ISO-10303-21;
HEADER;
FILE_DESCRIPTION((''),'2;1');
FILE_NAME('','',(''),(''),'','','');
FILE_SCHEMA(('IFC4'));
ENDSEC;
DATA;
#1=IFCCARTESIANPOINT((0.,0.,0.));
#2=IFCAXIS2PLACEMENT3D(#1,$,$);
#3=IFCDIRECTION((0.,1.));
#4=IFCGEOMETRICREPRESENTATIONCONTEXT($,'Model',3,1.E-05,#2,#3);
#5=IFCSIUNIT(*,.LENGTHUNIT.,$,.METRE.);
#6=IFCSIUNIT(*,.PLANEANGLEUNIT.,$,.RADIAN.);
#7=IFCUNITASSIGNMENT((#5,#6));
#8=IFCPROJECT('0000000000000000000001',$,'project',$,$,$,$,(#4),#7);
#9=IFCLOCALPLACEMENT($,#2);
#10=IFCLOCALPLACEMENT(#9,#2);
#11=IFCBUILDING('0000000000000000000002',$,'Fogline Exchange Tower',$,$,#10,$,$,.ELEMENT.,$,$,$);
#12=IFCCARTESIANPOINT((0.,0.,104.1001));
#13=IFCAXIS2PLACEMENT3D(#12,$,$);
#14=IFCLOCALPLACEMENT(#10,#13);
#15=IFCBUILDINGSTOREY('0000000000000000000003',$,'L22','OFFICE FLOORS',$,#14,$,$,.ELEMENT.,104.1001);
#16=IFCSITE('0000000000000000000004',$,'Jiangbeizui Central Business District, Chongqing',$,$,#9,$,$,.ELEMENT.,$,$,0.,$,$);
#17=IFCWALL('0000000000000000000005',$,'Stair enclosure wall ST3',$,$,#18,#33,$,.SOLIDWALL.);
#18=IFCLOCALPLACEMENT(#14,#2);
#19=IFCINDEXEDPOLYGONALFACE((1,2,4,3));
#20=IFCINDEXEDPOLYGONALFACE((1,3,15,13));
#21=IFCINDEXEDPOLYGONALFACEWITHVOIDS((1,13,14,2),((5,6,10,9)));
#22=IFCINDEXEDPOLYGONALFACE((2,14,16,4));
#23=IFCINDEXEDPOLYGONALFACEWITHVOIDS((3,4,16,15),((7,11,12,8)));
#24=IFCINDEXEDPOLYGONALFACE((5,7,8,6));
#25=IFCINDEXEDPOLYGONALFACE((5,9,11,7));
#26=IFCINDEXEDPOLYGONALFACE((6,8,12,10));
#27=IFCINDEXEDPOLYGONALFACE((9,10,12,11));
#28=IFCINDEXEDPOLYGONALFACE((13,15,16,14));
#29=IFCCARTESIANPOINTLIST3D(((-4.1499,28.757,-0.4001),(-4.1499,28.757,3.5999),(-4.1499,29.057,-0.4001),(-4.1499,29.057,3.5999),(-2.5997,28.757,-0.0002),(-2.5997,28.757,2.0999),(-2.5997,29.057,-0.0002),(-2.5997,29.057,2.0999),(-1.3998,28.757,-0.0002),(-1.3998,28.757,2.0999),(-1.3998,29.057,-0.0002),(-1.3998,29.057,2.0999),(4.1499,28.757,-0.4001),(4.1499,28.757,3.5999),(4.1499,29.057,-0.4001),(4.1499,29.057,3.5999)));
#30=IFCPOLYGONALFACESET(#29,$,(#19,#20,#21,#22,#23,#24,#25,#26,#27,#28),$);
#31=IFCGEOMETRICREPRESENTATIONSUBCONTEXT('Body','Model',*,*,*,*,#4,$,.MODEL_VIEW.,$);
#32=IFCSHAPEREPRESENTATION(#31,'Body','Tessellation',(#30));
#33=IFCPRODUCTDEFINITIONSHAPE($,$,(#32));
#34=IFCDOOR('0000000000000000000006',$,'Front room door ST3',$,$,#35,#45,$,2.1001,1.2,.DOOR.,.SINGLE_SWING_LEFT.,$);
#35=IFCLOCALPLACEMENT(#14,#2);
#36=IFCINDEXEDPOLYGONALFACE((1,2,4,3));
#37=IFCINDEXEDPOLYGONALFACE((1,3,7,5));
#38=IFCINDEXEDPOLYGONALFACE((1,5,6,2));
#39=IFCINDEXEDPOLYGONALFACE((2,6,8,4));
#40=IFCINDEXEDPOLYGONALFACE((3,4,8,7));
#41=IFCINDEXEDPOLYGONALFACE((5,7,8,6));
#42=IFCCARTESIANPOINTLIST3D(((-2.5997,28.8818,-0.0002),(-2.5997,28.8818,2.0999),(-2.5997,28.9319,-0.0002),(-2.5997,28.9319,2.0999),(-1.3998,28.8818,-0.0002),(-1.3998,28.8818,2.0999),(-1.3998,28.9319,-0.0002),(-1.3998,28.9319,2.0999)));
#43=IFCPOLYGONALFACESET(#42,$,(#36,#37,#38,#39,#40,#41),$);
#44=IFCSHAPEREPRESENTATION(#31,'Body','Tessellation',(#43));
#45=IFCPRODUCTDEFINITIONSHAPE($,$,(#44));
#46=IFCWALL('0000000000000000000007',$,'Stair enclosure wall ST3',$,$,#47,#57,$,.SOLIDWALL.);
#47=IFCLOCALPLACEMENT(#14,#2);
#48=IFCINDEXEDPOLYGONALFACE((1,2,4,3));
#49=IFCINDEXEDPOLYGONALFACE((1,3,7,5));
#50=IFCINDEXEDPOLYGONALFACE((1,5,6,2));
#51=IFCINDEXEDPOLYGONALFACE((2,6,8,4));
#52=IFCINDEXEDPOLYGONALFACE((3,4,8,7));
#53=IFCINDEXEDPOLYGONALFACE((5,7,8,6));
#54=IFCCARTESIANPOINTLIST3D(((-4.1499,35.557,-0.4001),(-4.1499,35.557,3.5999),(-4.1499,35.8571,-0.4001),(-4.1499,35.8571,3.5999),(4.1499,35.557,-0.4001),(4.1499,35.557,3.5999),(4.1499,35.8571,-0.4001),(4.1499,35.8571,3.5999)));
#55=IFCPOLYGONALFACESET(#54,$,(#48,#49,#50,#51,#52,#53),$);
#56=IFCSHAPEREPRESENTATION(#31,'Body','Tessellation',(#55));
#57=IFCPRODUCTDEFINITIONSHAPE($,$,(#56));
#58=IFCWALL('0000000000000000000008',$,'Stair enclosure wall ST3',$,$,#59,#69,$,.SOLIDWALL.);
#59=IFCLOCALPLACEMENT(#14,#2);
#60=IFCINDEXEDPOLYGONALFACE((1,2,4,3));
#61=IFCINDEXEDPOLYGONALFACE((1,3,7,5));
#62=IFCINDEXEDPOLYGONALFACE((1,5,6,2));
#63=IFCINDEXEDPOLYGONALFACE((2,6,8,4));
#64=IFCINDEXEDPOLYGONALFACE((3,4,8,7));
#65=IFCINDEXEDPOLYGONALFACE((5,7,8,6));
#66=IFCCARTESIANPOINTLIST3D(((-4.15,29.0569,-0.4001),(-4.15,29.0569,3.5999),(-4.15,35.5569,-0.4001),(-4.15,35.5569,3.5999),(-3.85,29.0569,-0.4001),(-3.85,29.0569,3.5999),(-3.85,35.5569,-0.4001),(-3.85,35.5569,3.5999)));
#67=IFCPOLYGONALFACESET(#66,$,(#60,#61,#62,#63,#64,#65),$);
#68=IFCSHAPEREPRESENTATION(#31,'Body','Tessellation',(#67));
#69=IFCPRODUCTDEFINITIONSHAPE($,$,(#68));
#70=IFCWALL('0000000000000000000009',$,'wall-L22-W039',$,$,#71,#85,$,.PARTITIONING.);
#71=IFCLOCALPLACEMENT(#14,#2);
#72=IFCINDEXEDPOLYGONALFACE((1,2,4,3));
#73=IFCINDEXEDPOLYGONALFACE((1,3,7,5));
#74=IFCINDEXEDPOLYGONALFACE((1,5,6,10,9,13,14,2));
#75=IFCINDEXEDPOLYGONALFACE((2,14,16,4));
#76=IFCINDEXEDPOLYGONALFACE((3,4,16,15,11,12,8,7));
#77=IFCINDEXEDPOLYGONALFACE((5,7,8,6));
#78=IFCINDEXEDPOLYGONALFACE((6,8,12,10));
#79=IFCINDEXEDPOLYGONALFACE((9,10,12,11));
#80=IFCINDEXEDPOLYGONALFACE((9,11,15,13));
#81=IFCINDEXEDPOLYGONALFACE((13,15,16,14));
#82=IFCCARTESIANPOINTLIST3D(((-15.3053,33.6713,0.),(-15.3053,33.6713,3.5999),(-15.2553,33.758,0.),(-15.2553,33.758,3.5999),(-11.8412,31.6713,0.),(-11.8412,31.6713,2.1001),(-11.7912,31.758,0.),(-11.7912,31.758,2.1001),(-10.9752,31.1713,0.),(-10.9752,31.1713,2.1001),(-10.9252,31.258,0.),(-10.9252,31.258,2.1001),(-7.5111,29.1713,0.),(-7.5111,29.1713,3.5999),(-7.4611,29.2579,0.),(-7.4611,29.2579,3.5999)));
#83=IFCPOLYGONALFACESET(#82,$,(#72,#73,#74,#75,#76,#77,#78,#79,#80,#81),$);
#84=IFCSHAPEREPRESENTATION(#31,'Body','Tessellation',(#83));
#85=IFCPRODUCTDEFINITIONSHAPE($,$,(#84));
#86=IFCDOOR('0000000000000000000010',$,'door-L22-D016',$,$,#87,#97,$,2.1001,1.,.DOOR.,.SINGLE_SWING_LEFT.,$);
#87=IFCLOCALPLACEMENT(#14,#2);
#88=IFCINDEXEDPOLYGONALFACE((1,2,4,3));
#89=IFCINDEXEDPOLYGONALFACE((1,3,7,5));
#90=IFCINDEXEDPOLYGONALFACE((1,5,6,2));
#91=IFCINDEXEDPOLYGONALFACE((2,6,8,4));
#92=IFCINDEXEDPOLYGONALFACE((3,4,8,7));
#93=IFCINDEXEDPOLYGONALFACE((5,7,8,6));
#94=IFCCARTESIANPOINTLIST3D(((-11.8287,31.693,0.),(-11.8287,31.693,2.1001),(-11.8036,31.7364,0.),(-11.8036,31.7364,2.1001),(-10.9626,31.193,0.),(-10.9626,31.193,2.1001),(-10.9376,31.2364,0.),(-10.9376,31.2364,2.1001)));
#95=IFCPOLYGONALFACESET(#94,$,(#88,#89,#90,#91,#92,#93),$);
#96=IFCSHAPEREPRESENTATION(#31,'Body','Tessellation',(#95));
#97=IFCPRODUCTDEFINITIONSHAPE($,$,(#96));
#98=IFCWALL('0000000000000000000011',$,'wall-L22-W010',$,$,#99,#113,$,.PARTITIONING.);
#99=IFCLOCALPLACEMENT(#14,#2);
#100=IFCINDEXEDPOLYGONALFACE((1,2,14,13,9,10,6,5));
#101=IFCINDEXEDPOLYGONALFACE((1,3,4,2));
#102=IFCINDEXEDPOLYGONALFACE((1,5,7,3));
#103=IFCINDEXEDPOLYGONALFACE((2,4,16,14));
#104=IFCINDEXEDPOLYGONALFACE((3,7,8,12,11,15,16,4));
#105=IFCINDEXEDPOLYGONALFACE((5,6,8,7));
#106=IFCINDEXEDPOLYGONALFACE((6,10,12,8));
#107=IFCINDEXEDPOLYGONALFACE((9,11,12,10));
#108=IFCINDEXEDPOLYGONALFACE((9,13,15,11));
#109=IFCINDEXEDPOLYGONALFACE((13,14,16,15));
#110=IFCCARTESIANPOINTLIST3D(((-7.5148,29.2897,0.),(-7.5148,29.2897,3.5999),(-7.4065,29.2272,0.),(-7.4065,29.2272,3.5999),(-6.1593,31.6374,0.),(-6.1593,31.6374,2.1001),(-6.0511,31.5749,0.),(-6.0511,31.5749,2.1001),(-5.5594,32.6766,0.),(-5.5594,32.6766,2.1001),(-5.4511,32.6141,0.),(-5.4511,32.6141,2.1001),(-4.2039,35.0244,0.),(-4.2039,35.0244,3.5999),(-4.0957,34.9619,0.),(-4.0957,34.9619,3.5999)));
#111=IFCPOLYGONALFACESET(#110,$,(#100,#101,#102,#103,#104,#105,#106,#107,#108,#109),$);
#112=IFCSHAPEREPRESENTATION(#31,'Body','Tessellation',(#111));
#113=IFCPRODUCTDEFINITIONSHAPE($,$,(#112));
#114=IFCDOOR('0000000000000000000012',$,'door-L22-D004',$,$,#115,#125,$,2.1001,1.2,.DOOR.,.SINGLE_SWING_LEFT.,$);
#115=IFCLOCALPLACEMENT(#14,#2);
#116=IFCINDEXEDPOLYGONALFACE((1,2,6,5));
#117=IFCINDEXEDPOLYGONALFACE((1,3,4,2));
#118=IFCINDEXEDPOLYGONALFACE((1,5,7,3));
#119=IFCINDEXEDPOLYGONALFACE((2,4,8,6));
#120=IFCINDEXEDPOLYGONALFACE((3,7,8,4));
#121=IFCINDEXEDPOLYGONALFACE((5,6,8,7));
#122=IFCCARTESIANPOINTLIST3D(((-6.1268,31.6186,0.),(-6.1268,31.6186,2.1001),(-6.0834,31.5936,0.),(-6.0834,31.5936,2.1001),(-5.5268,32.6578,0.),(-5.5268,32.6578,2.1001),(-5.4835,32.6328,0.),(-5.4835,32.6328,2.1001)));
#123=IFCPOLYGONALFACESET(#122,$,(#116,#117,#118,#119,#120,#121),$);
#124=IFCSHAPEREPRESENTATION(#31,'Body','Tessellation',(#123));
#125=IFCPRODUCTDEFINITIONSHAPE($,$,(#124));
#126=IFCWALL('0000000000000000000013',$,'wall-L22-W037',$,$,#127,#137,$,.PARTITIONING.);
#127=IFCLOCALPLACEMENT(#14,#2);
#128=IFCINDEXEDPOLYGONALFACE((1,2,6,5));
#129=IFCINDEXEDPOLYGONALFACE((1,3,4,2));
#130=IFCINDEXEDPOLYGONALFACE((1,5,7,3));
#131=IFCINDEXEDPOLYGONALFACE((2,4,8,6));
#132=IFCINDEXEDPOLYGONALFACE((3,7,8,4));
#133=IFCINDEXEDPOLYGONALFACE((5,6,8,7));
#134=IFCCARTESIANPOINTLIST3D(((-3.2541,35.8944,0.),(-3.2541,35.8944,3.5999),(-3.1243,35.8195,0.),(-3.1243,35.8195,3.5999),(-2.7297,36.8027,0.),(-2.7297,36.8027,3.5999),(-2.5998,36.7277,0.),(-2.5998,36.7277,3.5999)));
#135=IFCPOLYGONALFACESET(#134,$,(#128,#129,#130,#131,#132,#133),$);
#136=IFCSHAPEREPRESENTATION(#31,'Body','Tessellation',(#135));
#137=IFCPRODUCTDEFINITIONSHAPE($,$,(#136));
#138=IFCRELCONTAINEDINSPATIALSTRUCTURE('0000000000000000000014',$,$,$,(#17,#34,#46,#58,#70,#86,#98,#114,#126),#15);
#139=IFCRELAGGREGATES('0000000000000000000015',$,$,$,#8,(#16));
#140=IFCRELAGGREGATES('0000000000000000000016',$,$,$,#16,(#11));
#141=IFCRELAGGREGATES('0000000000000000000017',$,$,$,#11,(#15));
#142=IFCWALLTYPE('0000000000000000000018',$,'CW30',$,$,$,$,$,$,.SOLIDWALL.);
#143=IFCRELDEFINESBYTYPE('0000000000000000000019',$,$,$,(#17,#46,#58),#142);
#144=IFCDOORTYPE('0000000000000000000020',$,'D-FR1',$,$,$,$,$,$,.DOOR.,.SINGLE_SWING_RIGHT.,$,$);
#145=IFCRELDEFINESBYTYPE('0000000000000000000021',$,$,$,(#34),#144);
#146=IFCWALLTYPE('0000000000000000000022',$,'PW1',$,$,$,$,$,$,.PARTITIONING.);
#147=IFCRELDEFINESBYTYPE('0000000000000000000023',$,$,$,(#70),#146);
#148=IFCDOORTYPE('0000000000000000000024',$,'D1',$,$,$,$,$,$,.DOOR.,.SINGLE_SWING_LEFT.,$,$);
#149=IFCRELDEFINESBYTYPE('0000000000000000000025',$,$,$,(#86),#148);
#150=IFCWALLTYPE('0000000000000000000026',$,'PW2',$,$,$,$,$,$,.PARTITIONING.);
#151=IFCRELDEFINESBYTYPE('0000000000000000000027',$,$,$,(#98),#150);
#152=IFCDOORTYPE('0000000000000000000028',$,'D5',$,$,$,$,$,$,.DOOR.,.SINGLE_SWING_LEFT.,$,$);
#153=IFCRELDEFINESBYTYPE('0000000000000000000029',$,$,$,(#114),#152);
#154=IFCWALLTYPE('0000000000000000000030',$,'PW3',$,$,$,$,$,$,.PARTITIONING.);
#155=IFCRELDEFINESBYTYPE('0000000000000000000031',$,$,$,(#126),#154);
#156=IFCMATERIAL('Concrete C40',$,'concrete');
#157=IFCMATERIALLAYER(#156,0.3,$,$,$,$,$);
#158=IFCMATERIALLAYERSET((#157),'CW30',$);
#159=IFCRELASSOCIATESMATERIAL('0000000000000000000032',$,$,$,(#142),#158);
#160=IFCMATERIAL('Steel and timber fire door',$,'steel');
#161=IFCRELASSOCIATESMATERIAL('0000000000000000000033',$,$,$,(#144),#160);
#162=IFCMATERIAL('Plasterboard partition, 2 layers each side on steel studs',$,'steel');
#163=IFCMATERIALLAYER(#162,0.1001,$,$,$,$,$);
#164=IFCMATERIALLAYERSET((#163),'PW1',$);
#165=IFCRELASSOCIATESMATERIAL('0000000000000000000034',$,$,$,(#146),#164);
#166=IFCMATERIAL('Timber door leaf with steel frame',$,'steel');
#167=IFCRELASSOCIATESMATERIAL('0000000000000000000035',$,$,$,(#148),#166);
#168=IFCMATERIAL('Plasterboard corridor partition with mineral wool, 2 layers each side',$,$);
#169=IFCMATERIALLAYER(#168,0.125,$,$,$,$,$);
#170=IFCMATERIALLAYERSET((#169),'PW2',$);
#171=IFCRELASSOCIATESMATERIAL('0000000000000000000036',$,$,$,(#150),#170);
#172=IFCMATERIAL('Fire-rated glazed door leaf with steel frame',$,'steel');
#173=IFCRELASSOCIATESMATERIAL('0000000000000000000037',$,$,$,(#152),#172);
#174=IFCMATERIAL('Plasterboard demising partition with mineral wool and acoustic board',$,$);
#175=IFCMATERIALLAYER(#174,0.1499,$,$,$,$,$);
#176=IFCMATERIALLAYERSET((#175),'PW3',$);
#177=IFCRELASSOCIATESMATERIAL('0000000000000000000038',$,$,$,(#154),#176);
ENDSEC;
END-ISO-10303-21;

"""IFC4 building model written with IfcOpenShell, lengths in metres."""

from ifc_helpers import new_model, si_unit, direction, frame, frame_2d, origin, place, context, subcontext, project, spatial, rectangle, extrude, material, layer, layer_set, type_object, element, fill, save


model = new_model("IFC4")

# Units and contexts
model_context = context("Model", 3, precision=1e-05, world=origin(), true_north=direction((0.0, 1.0)))
body_context = subcontext(model_context, "Body", "Model", "MODEL_VIEW")
ifc_project = project(units=[si_unit("LENGTHUNIT", "METRE"), si_unit("PLANEANGLEUNIT", "RADIAN")], contexts=[model_context])

# Site, building, storey
site_placement = place(None, origin())
site = spatial("IfcSite", under=ifc_project, at=site_placement, Name="Jiangbeizui Central Business District, Chongqing", CompositionType="ELEMENT", RefElevation=0.0)
building_placement = place(site_placement, origin())
building = spatial("IfcBuilding", under=site, at=building_placement, Name="Fogline Exchange Tower", CompositionType="ELEMENT")
storey_placement = place(building_placement, frame((0.0, 0.0, 104.1001)))
storey = spatial("IfcBuildingStorey", under=building, at=storey_placement, Name="L22", Description="OFFICE FLOORS", CompositionType="ELEMENT", Elevation=104.1001)

# Shared definitions
ifc_material_1 = material(Name="Concrete C40", Category="concrete")

# Wall, opening, door
ifc_material_2 = material(Name="Steel and timber fire door", Category="steel")
ifc_layer_1 = layer(ifc_material_1, 0.3)
ifc_layer_set_1 = layer_set([ifc_layer_1], Name="CW30")
wall_type_1 = type_object("IfcWallType", Name="CW30", PredefinedType="SOLIDWALL", material=ifc_layer_set_1)
wall_1_placement = place(storey_placement, frame((-4.1499, 28.907, -0.4001), z_axis=(0.0, 0.0, 1.0), x_axis=(1.0, 0.0, 0.0)))
wall_1 = element("IfcWall", 1, at=wall_1_placement, inside=storey, type_object=wall_type_1, Name="Stair enclosure wall ST3", PredefinedType="SOLIDWALL", context=body_context, shape_type="SweptSolid", body=[
    extrude(rectangle(XDim=8.2998, YDim=0.3, at=frame_2d((4.1499, 0.0))), origin(), (0.0, 0.0, 1.0), 4.0),
])
opening_1_placement = place(wall_1_placement, frame((1.55, 0.0, 0.3999)))
opening_1 = element("IfcOpeningElement", 2, at=opening_1_placement, cuts=wall_1, PredefinedType="OPENING", context=body_context, shape_type="SweptSolid", body=[
    extrude(rectangle(XDim=1.2, YDim=2.1001, at=frame_2d((0.6001, 1.05))), frame((0.0, 0.1602, 0.0), z_axis=(0.0, -1.0, 0.0), x_axis=(1.0, 0.0, 0.0)), (0.0, 0.0, 1.0), 0.3201),
])
door_type_1 = type_object("IfcDoorType", Name="D-FR1", OperationType="SINGLE_SWING_RIGHT", PredefinedType="DOOR", material=ifc_material_2)
door_1_placement = place(opening_1_placement, origin())
door_1 = element("IfcDoor", 3, at=door_1_placement, inside=storey, type_object=door_type_1, Name="Front room door ST3", OperationType="SINGLE_SWING_LEFT", OverallHeight=2.1001, OverallWidth=1.2, PredefinedType="DOOR", context=body_context, shape_type="SweptSolid", body=[
    extrude(rectangle(XDim=1.2, YDim=2.1001, at=frame_2d((0.6001, 1.05))), frame((0.0, 0.0249, 0.0), z_axis=(0.0, -1.0, 0.0), x_axis=(1.0, 0.0, 0.0)), (0.0, 0.0, 1.0), 0.05),
])
fill(opening_1, door_1)

# Walls
wall_2_placement = place(storey_placement, frame((-4.1499, 35.707, -0.4001), z_axis=(0.0, 0.0, 1.0), x_axis=(1.0, 0.0, 0.0)))
element("IfcWall", 4, at=wall_2_placement, inside=storey, type_object=wall_type_1, Name="Stair enclosure wall ST3", PredefinedType="SOLIDWALL", context=body_context, shape_type="SweptSolid", body=[
    extrude(rectangle(XDim=8.2998, YDim=0.3, at=frame_2d((4.1499, 0.0))), origin(), (0.0, 0.0, 1.0), 4.0),
])
wall_3_placement = place(storey_placement, frame((-4.0, 29.0569, -0.4001), z_axis=(0.0, 0.0, 1.0), x_axis=(0.0, 1.0, 0.0)))
element("IfcWall", 5, at=wall_3_placement, inside=storey, type_object=wall_type_1, Name="Stair enclosure wall ST3", PredefinedType="SOLIDWALL", context=body_context, shape_type="SweptSolid", body=[
    extrude(rectangle(XDim=6.5, YDim=0.3, at=frame_2d((3.25, 0.0))), origin(), (0.0, 0.0, 1.0), 4.0),
])

# Walls, openings, doors
ifc_material_3 = material(Name="Plasterboard partition, 2 layers each side on steel studs", Category="steel")
ifc_layer_2 = layer(ifc_material_3, 0.1001)
ifc_layer_set_2 = layer_set([ifc_layer_2], Name="PW1")
wall_type_2 = type_object("IfcWallType", Name="PW1", PredefinedType="PARTITIONING", material=ifc_layer_set_2)
wall_4_placement = place(storey_placement, frame((-7.4861, 29.2146, 0.0), z_axis=(0.0, 0.0, 1.0), x_axis=(-0.866024, 0.500002, 0.0)))
wall_4 = element("IfcWall", 6, at=wall_4_placement, inside=storey, type_object=wall_type_2, Name="wall-L22-W039", PredefinedType="PARTITIONING", context=body_context, shape_type="SweptSolid", body=[
    extrude(rectangle(XDim=9.0, YDim=0.1001, at=frame_2d((4.5, 0.0))), origin(), (0.0, 0.0, 1.0), 3.5999),
])
opening_2_placement = place(wall_4_placement, frame((4.0, 0.0, 0.0)))
opening_2 = element("IfcOpeningElement", 7, at=opening_2_placement, cuts=wall_4, PredefinedType="OPENING", context=body_context, shape_type="SweptSolid", body=[
    extrude(rectangle(XDim=1.0, YDim=2.1001, at=frame_2d((0.5, 1.05))), frame((0.0, 0.0601, 0.0), z_axis=(0.0, -1.0, 0.0), x_axis=(1.0, 0.0, 0.0)), (0.0, 0.0, 1.0), 0.1201),
])
ifc_material_4 = material(Name="Timber door leaf with steel frame", Category="steel")
door_type_2 = type_object("IfcDoorType", Name="D1", OperationType="SINGLE_SWING_LEFT", PredefinedType="DOOR", material=ifc_material_4)
door_2_placement = place(opening_2_placement, origin())
door_2 = element("IfcDoor", 8, at=door_2_placement, inside=storey, type_object=door_type_2, Name="door-L22-D016", OperationType="SINGLE_SWING_LEFT", OverallHeight=2.1001, OverallWidth=1.0, PredefinedType="DOOR", context=body_context, shape_type="SweptSolid", body=[
    extrude(rectangle(XDim=1.0, YDim=2.1001, at=frame_2d((0.5, 1.05))), frame((0.0, 0.0249, 0.0), z_axis=(0.0, -1.0, 0.0), x_axis=(1.0, 0.0, 0.0)), (0.0, 0.0, 1.0), 0.05),
])
fill(opening_2, door_2)
ifc_material_5 = material(Name="Plasterboard corridor partition with mineral wool, 2 layers each side")
ifc_layer_3 = layer(ifc_material_5, 0.125)
ifc_layer_set_3 = layer_set([ifc_layer_3], Name="PW2")
wall_type_3 = type_object("IfcWallType", Name="PW2", PredefinedType="PARTITIONING", material=ifc_layer_set_3)
wall_5_placement = place(storey_placement, frame((-7.4607, 29.2583, 0.0), z_axis=(0.0, 0.0, 1.0), x_axis=(0.499989, 0.866031, 0.0)))
wall_5 = element("IfcWall", 9, at=wall_5_placement, inside=storey, type_object=wall_type_3, Name="wall-L22-W010", PredefinedType="PARTITIONING", context=body_context, shape_type="SweptSolid", body=[
    extrude(rectangle(XDim=6.6218, YDim=0.125, at=frame_2d((3.311, 0.0))), origin(), (0.0, 0.0, 1.0), 3.5999),
])
opening_3_placement = place(wall_5_placement, frame((2.7109, 0.0, 0.0)))
opening_3 = element("IfcOpeningElement", 10, at=opening_3_placement, cuts=wall_5, PredefinedType="OPENING", context=body_context, shape_type="SweptSolid", body=[
    extrude(rectangle(XDim=1.2, YDim=2.1001, at=frame_2d((0.6001, 1.05))), frame((0.0, 0.0725, 0.0), z_axis=(0.0, -1.0, 0.0), x_axis=(1.0, 0.0, 0.0)), (0.0, 0.0, 1.0), 0.145),
])
ifc_material_6 = material(Name="Fire-rated glazed door leaf with steel frame", Category="steel")
door_type_3 = type_object("IfcDoorType", Name="D5", OperationType="SINGLE_SWING_LEFT", PredefinedType="DOOR", material=ifc_material_6)
door_3_placement = place(opening_3_placement, origin())
door_3 = element("IfcDoor", 11, at=door_3_placement, inside=storey, type_object=door_type_3, Name="door-L22-D004", OperationType="SINGLE_SWING_LEFT", OverallHeight=2.1001, OverallWidth=1.2, PredefinedType="DOOR", context=body_context, shape_type="SweptSolid", body=[
    extrude(rectangle(XDim=1.2, YDim=2.1001, at=frame_2d((0.6001, 1.05))), frame((0.0, 0.0249, 0.0), z_axis=(0.0, -1.0, 0.0), x_axis=(1.0, 0.0, 0.0)), (0.0, 0.0, 1.0), 0.05),
])
fill(opening_3, door_3)

# Wall
ifc_material_7 = material(Name="Plasterboard demising partition with mineral wool and acoustic board")
ifc_layer_4 = layer(ifc_material_7, 0.1499)
ifc_layer_set_4 = layer_set([ifc_layer_4], Name="PW3")
wall_type_4 = type_object("IfcWallType", Name="PW3", PredefinedType="PARTITIONING", material=ifc_layer_set_4)
wall_6_placement = place(storey_placement, frame((-3.1892, 35.8569, 0.0), z_axis=(0.0, 0.0, 1.0), x_axis=(0.500045, 0.865999, 0.0)))
element("IfcWall", 12, at=wall_6_placement, inside=storey, type_object=wall_type_4, Name="wall-L22-W037", PredefinedType="PARTITIONING", context=body_context, shape_type="SweptSolid", body=[
    extrude(rectangle(XDim=1.0488, YDim=0.1499, at=frame_2d((0.5244, 0.0))), origin(), (0.0, 0.0, 1.0), 3.5999),
])

save(model, "model.ifc")
